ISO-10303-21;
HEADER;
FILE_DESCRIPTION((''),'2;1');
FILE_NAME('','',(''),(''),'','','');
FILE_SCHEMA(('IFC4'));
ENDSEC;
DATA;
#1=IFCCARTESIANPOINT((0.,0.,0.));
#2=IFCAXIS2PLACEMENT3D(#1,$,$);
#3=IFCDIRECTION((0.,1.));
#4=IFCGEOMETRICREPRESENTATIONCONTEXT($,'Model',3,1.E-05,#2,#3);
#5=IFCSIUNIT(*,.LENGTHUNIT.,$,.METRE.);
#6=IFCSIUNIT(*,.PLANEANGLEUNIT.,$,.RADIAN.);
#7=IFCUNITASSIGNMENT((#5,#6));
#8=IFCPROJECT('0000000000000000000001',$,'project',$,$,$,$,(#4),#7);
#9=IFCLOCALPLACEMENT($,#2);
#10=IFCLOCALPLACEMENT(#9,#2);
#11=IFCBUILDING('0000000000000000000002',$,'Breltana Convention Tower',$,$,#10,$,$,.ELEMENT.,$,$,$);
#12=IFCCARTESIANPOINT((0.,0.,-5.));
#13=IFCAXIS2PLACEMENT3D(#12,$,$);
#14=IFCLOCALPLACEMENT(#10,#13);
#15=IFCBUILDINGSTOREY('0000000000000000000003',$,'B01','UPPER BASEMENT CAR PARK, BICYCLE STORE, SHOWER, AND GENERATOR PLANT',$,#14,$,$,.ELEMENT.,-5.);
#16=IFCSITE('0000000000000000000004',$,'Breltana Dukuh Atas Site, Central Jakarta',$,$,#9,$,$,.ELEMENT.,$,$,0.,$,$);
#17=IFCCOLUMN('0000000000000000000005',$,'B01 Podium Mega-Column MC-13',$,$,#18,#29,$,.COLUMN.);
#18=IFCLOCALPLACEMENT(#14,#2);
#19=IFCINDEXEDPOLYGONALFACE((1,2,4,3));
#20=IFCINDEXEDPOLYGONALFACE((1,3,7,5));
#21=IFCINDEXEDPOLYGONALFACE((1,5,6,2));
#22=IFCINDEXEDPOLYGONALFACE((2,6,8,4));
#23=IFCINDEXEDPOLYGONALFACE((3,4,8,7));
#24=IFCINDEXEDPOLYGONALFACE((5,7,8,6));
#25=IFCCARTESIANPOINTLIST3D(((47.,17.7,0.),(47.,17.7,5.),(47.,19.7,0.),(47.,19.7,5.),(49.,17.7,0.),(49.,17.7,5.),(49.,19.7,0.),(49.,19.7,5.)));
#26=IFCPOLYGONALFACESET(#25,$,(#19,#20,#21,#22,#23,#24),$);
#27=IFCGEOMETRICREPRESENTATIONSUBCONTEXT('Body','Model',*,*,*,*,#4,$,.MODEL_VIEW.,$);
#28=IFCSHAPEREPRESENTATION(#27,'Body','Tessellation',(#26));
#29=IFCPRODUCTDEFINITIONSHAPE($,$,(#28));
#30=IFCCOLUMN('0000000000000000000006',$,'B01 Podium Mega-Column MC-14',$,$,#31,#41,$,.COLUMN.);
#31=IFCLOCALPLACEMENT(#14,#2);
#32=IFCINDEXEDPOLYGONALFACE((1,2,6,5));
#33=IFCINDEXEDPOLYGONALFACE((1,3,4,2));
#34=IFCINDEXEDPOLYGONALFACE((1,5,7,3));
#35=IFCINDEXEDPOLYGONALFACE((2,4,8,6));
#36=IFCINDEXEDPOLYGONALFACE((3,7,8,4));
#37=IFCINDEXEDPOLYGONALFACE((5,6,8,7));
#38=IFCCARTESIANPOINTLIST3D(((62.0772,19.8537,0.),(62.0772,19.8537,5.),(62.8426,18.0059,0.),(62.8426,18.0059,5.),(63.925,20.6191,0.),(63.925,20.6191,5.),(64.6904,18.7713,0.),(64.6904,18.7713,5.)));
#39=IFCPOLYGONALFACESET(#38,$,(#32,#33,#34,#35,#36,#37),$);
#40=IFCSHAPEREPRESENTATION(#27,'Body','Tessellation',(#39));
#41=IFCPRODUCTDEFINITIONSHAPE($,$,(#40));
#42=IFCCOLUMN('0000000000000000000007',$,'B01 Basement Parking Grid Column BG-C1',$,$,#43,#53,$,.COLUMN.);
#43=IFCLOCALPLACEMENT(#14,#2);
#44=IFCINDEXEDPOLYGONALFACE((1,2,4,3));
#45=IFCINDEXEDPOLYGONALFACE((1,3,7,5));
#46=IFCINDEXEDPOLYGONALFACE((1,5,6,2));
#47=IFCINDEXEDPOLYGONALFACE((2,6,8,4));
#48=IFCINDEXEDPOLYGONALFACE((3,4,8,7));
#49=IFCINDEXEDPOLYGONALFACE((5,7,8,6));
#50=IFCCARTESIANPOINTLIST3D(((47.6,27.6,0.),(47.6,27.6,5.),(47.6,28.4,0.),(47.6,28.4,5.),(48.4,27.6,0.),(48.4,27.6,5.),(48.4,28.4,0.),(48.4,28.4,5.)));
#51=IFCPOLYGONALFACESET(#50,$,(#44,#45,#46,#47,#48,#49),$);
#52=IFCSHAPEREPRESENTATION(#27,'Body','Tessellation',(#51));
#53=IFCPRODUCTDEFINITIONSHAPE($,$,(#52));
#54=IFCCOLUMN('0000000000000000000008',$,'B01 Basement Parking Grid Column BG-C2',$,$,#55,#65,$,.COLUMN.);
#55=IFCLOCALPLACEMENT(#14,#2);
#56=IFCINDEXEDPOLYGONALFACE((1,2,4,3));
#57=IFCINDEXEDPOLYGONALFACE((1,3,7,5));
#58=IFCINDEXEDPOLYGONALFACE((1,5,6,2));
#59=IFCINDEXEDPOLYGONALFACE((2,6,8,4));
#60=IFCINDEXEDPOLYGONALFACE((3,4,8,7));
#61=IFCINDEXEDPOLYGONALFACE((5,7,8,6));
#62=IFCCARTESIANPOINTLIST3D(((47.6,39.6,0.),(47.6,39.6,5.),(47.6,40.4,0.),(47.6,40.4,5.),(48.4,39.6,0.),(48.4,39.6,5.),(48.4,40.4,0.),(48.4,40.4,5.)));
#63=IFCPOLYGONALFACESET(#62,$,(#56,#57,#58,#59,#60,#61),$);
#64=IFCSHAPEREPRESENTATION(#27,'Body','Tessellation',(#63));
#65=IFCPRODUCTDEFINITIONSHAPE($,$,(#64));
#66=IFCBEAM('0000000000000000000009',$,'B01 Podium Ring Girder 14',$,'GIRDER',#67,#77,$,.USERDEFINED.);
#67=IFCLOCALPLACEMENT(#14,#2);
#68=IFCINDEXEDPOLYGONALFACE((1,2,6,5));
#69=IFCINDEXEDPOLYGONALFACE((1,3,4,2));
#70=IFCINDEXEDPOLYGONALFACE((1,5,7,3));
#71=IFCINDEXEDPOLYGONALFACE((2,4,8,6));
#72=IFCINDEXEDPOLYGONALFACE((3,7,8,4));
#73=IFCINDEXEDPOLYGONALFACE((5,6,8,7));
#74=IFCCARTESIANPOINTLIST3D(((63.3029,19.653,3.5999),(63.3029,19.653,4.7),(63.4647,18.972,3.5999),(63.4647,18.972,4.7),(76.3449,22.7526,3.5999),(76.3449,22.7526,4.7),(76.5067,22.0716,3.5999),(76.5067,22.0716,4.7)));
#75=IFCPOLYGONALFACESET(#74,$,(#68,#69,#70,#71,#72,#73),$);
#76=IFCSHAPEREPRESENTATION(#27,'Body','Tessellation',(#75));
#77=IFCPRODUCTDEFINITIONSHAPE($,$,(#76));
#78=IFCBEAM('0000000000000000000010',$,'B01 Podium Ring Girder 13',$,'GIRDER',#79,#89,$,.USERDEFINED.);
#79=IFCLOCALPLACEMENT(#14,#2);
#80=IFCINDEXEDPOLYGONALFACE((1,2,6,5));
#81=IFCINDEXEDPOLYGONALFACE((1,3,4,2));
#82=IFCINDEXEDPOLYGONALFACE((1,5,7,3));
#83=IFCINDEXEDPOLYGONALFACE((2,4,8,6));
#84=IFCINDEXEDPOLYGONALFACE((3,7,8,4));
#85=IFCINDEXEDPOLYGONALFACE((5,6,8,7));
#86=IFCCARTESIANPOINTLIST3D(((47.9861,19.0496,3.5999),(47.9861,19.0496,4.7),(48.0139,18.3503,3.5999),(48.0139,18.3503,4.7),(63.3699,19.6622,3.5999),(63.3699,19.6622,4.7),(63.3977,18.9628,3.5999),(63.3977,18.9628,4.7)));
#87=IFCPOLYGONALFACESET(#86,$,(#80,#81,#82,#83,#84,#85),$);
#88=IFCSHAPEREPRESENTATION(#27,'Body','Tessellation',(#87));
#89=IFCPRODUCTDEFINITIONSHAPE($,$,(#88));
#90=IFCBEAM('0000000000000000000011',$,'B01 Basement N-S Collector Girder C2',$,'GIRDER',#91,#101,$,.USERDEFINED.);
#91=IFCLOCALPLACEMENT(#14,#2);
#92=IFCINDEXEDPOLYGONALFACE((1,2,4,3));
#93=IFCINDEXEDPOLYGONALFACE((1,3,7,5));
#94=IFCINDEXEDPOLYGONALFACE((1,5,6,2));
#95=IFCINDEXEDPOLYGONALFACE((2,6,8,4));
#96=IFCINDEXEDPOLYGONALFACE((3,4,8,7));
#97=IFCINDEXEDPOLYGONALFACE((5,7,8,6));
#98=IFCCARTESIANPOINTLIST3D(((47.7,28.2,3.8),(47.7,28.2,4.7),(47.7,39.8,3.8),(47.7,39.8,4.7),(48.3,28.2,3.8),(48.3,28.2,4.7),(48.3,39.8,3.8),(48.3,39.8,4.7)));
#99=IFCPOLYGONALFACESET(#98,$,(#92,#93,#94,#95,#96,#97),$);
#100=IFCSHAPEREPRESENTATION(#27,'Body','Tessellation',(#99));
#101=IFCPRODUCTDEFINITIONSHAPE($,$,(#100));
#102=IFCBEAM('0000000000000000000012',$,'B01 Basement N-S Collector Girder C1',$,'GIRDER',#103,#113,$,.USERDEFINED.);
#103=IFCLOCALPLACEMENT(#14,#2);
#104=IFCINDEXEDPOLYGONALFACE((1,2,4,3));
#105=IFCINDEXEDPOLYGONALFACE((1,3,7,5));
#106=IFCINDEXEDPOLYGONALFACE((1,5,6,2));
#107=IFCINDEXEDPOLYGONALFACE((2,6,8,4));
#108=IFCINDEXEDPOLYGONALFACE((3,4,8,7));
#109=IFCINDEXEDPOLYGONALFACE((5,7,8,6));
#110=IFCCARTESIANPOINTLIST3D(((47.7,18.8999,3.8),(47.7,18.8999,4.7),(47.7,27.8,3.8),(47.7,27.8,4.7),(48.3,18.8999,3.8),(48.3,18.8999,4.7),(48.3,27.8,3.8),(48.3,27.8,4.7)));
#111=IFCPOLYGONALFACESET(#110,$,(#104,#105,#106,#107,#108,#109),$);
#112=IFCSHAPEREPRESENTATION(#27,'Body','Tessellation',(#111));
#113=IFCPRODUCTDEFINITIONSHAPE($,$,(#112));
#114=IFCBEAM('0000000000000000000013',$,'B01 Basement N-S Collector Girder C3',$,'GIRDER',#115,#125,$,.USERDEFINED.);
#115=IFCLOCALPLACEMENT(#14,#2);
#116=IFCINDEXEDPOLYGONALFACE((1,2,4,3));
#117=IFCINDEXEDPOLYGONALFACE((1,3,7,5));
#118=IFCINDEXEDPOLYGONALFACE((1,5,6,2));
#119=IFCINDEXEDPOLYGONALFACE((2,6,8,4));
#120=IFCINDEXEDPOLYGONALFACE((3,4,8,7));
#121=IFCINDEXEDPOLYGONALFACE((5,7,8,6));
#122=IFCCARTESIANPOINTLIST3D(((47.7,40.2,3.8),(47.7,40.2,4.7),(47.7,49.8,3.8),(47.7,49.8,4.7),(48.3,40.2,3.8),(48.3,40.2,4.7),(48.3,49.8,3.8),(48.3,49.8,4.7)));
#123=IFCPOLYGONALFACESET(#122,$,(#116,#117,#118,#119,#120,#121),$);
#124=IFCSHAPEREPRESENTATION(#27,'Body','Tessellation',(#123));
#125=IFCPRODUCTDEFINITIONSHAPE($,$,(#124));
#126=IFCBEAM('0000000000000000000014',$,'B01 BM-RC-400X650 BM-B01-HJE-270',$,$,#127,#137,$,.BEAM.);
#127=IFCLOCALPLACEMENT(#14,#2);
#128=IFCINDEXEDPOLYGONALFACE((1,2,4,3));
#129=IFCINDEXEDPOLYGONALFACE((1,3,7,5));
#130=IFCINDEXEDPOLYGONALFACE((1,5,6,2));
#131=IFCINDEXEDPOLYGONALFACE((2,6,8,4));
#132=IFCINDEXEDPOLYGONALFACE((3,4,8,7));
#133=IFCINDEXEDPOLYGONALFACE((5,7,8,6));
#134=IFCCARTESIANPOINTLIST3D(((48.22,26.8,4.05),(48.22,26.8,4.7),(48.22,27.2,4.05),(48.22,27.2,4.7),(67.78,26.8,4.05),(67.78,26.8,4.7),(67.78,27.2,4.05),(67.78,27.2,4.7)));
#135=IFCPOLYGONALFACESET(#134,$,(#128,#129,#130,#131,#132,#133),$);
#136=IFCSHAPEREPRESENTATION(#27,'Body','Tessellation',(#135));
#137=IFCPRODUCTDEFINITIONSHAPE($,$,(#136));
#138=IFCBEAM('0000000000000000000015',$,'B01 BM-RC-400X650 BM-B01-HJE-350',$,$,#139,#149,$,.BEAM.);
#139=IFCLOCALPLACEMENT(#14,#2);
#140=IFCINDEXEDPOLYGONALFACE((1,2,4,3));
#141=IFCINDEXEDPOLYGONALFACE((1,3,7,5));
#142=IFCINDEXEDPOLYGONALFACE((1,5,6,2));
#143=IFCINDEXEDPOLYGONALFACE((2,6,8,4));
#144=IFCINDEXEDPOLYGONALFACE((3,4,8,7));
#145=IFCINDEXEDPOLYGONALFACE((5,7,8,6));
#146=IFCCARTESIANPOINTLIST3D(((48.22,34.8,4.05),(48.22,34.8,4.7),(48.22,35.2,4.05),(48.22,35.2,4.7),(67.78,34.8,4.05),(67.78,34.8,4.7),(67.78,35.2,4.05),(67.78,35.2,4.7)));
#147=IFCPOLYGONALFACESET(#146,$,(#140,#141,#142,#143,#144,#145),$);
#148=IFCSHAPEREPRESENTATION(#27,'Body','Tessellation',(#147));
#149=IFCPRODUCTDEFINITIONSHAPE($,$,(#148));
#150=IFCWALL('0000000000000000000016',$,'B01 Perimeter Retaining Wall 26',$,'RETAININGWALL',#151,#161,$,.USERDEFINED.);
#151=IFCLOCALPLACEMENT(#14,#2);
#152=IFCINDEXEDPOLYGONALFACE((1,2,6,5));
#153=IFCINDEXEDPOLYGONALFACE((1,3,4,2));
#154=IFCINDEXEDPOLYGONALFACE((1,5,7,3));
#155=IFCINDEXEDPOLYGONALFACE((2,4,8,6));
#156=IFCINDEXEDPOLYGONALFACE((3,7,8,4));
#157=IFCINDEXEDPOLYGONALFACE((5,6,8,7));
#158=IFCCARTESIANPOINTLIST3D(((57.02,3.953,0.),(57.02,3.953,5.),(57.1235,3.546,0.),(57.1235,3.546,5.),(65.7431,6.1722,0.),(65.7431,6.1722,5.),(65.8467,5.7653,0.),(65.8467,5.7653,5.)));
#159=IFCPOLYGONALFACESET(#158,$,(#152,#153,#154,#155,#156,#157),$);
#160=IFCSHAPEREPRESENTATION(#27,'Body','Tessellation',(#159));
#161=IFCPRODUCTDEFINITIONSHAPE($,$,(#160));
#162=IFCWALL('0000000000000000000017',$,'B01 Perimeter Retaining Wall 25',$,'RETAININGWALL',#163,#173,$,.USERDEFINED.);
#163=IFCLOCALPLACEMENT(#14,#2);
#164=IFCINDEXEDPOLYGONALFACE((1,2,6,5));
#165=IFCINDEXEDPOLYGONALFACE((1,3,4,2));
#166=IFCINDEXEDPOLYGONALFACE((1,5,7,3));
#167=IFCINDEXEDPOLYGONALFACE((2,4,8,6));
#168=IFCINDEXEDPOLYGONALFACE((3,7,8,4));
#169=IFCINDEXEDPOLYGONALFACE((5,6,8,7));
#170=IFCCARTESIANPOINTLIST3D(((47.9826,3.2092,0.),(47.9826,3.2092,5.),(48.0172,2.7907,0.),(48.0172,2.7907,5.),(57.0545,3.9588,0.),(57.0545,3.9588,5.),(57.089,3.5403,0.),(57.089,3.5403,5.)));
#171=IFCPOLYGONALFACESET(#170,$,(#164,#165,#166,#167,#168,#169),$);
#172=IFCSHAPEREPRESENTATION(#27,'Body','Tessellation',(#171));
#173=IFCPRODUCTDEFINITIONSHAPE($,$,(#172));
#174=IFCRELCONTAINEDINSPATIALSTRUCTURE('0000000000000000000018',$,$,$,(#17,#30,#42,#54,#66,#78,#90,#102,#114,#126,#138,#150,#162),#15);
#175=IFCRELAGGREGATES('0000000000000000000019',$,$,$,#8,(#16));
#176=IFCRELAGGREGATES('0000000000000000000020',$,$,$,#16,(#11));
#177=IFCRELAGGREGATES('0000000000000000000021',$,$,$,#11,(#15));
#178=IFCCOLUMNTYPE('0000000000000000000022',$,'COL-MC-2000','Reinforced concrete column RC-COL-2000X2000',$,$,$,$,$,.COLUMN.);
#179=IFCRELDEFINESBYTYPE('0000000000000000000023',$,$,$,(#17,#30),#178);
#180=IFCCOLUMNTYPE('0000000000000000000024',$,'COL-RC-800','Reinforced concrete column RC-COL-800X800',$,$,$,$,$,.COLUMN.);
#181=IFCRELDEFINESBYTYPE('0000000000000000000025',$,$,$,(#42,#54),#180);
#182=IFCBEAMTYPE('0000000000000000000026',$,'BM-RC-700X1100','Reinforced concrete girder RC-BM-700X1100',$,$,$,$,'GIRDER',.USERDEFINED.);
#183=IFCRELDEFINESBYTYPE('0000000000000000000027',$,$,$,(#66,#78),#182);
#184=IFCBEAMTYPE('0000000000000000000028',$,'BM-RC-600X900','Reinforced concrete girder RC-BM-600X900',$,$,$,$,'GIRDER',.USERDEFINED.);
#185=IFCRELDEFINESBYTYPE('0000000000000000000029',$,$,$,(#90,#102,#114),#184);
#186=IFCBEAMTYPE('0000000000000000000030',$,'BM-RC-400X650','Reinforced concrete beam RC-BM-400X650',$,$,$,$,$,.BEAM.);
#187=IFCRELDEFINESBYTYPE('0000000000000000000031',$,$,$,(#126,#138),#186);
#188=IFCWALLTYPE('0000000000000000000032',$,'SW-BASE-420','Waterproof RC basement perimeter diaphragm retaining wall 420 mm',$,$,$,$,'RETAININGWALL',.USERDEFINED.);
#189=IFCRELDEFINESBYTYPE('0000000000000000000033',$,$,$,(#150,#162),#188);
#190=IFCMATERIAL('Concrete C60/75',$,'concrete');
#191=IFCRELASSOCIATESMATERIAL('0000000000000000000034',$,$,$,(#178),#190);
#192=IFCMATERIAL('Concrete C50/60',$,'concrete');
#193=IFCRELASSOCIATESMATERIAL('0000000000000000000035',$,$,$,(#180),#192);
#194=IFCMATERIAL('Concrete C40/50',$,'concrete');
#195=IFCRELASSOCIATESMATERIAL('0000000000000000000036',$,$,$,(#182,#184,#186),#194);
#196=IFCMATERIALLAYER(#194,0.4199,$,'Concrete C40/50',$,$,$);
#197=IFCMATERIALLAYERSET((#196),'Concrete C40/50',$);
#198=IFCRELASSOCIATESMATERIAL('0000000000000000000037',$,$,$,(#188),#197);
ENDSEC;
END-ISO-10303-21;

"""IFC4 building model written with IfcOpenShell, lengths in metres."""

from ifc_helpers import new_model, si_unit, direction, frame, frame_2d, origin, origin_2d, place, context, subcontext, project, spatial, rectangle, extrude, source, transform, mapped, material, layer, layer_set, material_profile, profile_set, type_object, type_shapes, element, save


model = new_model("IFC4")

# Units and contexts
model_context = context("Model", 3, precision=1e-05, world=origin(), true_north=direction((0.0, 1.0)))
body_context = subcontext(model_context, "Body", "Model", "MODEL_VIEW")
ifc_project = project(units=[si_unit("LENGTHUNIT", "METRE"), si_unit("PLANEANGLEUNIT", "RADIAN")], contexts=[model_context])

# Site, building, storey
site_placement = place(None, origin())
site = spatial("IfcSite", under=ifc_project, at=site_placement, Name="Breltana Dukuh Atas Site, Central Jakarta", CompositionType="ELEMENT", RefElevation=0.0)
building_placement = place(site_placement, origin())
building = spatial("IfcBuilding", under=site, at=building_placement, Name="Breltana Convention Tower", CompositionType="ELEMENT")
storey_placement = place(building_placement, frame((0.0, 0.0, -5.0)))
storey = spatial("IfcBuildingStorey", under=building, at=storey_placement, Name="B01", Description="UPPER BASEMENT CAR PARK, BICYCLE STORE, SHOWER, AND GENERATOR PLANT", CompositionType="ELEMENT", Elevation=-5.0)

# Columns
ifc_material_1 = material(Name="Concrete C60/75", Category="concrete")
ifc_material_profile_1 = material_profile(ifc_material_1, rectangle(XDim=2.0, YDim=2.0, at=origin_2d()), Name="RC-COL-2000X2000")
ifc_profile_set_1 = profile_set([ifc_material_profile_1], Name="Concrete C60/75")
column_type_1 = type_object("IfcColumnType", Name="COL-MC-2000", Description="Reinforced concrete column RC-COL-2000X2000", PredefinedType="COLUMN", material=ifc_profile_set_1)
shared_shape_1 = source(origin(), body_context, "Body", "SweptSolid", [
    extrude(rectangle(XDim=2.0, YDim=2.0, at=origin_2d()), origin(), (0.0, 0.0, 1.0), 5.0),
])
type_shapes(column_type_1, [shared_shape_1])
for number, where, z_axis, x_axis, name in (
    (1, (48.0, 18.7, 0.0), (0.0, 0.0, 1.0), (0.0, -1.0, 0.0), "B01 Podium Mega-Column MC-13"),
    (2, (63.3838, 19.3125, 0.0), (0.0, 0.0, 1.0), (0.382683, -0.92388, 0.0), "B01 Podium Mega-Column MC-14"),
):
    element("IfcColumn", number, at=place(storey_placement, frame(where, z_axis=z_axis, x_axis=x_axis)), inside=storey, type_object=column_type_1, Name=name, PredefinedType="COLUMN", context=body_context, shape_type="MappedRepresentation", body=[
        mapped(shared_shape_1, transform((0.0, 0.0, 0.0), scale=1.0)),
    ])
ifc_material_2 = material(Name="Concrete C50/60", Category="concrete")
ifc_material_profile_2 = material_profile(ifc_material_2, rectangle(XDim=0.8, YDim=0.8, at=origin_2d()), Name="RC-COL-800X800")
ifc_profile_set_2 = profile_set([ifc_material_profile_2], Name="Concrete C50/60")
column_type_2 = type_object("IfcColumnType", Name="COL-RC-800", Description="Reinforced concrete column RC-COL-800X800", PredefinedType="COLUMN", material=ifc_profile_set_2)
shared_shape_2 = source(origin(), body_context, "Body", "SweptSolid", [
    extrude(rectangle(XDim=0.8, YDim=0.8, at=origin_2d()), origin(), (0.0, 0.0, 1.0), 5.0),
])
type_shapes(column_type_2, [shared_shape_2])
for number, where, z_axis, x_axis, name in (
    (3, (48.0, 28.0, 0.0), (0.0, 0.0, 1.0), (1.0, 0.0, 0.0), "B01 Basement Parking Grid Column BG-C1"),
    (4, (48.0, 40.0, 0.0), (0.0, 0.0, 1.0), (1.0, 0.0, 0.0), "B01 Basement Parking Grid Column BG-C2"),
):
    element("IfcColumn", number, at=place(storey_placement, frame(where, z_axis=z_axis, x_axis=x_axis)), inside=storey, type_object=column_type_2, Name=name, PredefinedType="COLUMN", context=body_context, shape_type="MappedRepresentation", body=[
        mapped(shared_shape_2, transform((0.0, 0.0, 0.0), scale=1.0)),
    ])

# Beams
ifc_material_3 = material(Name="Concrete C40/50", Category="concrete")
ifc_material_profile_3 = material_profile(ifc_material_3, rectangle(XDim=0.7, YDim=1.1001, at=origin_2d()), Name="RC-BM-700X1100")
ifc_profile_set_3 = profile_set([ifc_material_profile_3], Name="Concrete C40/50")
beam_type_1 = type_object("IfcBeamType", Name="BM-RC-700X1100", Description="Reinforced concrete girder RC-BM-700X1100", ElementType="GIRDER", PredefinedType="USERDEFINED", material=ifc_profile_set_3)
shared_shape_3 = source(origin(), body_context, "Body", "SweptSolid", [
    extrude(rectangle(XDim=0.7, YDim=1.1001, at=origin_2d()), origin(), (0.0, 0.0, 1.0), 13.4053),
])
beam_1_placement = place(storey_placement, frame((63.3838, 19.3125, 4.1499), z_axis=(0.972901, 0.231223, 0.0), x_axis=(-0.231223, 0.972901, 0.0)))
element("IfcBeam", 5, at=beam_1_placement, inside=storey, type_object=beam_type_1, Name="B01 Podium Ring Girder 14", ObjectType="GIRDER", PredefinedType="USERDEFINED", context=body_context, shape_type="MappedRepresentation", body=[
    mapped(shared_shape_3, transform((0.0, 0.0, 0.0), scale=1.0)),
])
shared_shape_4 = source(origin(), body_context, "Body", "SweptSolid", [
    extrude(rectangle(XDim=0.7, YDim=1.1001, at=origin_2d()), origin(), (0.0, 0.0, 1.0), 15.396),
])
beam_2_placement = place(storey_placement, frame((48.0, 18.7, 4.1499), z_axis=(0.999208, 0.039786, 0.0), x_axis=(-0.039786, 0.999208, 0.0)))
element("IfcBeam", 6, at=beam_2_placement, inside=storey, type_object=beam_type_1, Name="B01 Podium Ring Girder 13", ObjectType="GIRDER", PredefinedType="USERDEFINED", context=body_context, shape_type="MappedRepresentation", body=[
    mapped(shared_shape_4, transform((0.0, 0.0, 0.0), scale=1.0)),
])
ifc_material_profile_4 = material_profile(ifc_material_3, rectangle(XDim=0.6001, YDim=0.8999, at=origin_2d()), Name="RC-BM-600X900")
ifc_profile_set_4 = profile_set([ifc_material_profile_4], Name="Concrete C40/50")
beam_type_2 = type_object("IfcBeamType", Name="BM-RC-600X900", Description="Reinforced concrete girder RC-BM-600X900", ElementType="GIRDER", PredefinedType="USERDEFINED", material=ifc_profile_set_4)
shared_shape_5 = source(origin(), body_context, "Body", "SweptSolid", [
    extrude(rectangle(XDim=0.6001, YDim=0.8999, at=origin_2d()), origin(), (0.0, 0.0, 1.0), 11.6001),
])
beam_3_placement = place(storey_placement, frame((48.0, 28.2, 4.25), z_axis=(0.0, 1.0, 0.0), x_axis=(-1.0, 0.0, 0.0)))
element("IfcBeam", 7, at=beam_3_placement, inside=storey, type_object=beam_type_2, Name="B01 Basement N-S Collector Girder C2", ObjectType="GIRDER", PredefinedType="USERDEFINED", context=body_context, shape_type="MappedRepresentation", body=[
    mapped(shared_shape_5, transform((0.0, 0.0, 0.0), scale=1.0)),
])
shared_shape_6 = source(origin(), body_context, "Body", "SweptSolid", [
    extrude(rectangle(XDim=0.6001, YDim=0.8999, at=origin_2d()), origin(), (0.0, 0.0, 1.0), 8.9001),
])
beam_4_placement = place(storey_placement, frame((48.0, 18.8999, 4.25), z_axis=(0.0, 1.0, 0.0), x_axis=(-1.0, 0.0, 0.0)))
element("IfcBeam", 8, at=beam_4_placement, inside=storey, type_object=beam_type_2, Name="B01 Basement N-S Collector Girder C1", ObjectType="GIRDER", PredefinedType="USERDEFINED", context=body_context, shape_type="MappedRepresentation", body=[
    mapped(shared_shape_6, transform((0.0, 0.0, 0.0), scale=1.0)),
])
shared_shape_7 = source(origin(), body_context, "Body", "SweptSolid", [
    extrude(rectangle(XDim=0.6001, YDim=0.8999, at=origin_2d()), origin(), (0.0, 0.0, 1.0), 9.6001),
])
beam_5_placement = place(storey_placement, frame((48.0, 40.2, 4.25), z_axis=(0.0, 1.0, 0.0), x_axis=(-1.0, 0.0, 0.0)))
element("IfcBeam", 9, at=beam_5_placement, inside=storey, type_object=beam_type_2, Name="B01 Basement N-S Collector Girder C3", ObjectType="GIRDER", PredefinedType="USERDEFINED", context=body_context, shape_type="MappedRepresentation", body=[
    mapped(shared_shape_7, transform((0.0, 0.0, 0.0), scale=1.0)),
])
ifc_material_profile_5 = material_profile(ifc_material_3, rectangle(XDim=0.3999, YDim=0.6499, at=origin_2d()), Name="RC-BM-400X650")
ifc_profile_set_5 = profile_set([ifc_material_profile_5], Name="Concrete C40/50")
beam_type_3 = type_object("IfcBeamType", Name="BM-RC-400X650", Description="Reinforced concrete beam RC-BM-400X650", PredefinedType="BEAM", material=ifc_profile_set_5)
shared_shape_8 = source(origin(), body_context, "Body", "SweptSolid", [
    extrude(rectangle(XDim=0.3999, YDim=0.6499, at=origin_2d()), origin(), (0.0, 0.0, 1.0), 19.5601),
])
type_shapes(beam_type_3, [shared_shape_8])
for number, where, z_axis, x_axis, name in (
    (10, (48.22, 27.0, 4.375), (1.0, 0.0, 0.0), (0.0, 1.0, 0.0), "B01 BM-RC-400X650 BM-B01-HJE-270"),
    (11, (48.22, 35.0, 4.375), (1.0, 0.0, 0.0), (0.0, 1.0, 0.0), "B01 BM-RC-400X650 BM-B01-HJE-350"),
):
    element("IfcBeam", number, at=place(storey_placement, frame(where, z_axis=z_axis, x_axis=x_axis)), inside=storey, type_object=beam_type_3, Name=name, PredefinedType="BEAM", context=body_context, shape_type="MappedRepresentation", body=[
        mapped(shared_shape_8, transform((0.0, 0.0, 0.0), scale=1.0)),
    ])

# Walls
ifc_layer_1 = layer(ifc_material_3, 0.4199, Name="Concrete C40/50")
ifc_layer_set_1 = layer_set([ifc_layer_1], Name="Concrete C40/50")
wall_type_1 = type_object("IfcWallType", Name="SW-BASE-420", Description="Waterproof RC basement perimeter diaphragm retaining wall 420 mm", ElementType="RETAININGWALL", PredefinedType="USERDEFINED", material=ifc_layer_set_1)
shared_shape_9 = source(origin(), body_context, "Body", "SweptSolid", [
    extrude(rectangle(XDim=9.001, YDim=0.4199, at=frame_2d((4.5005, 0.0))), origin(), (0.0, 0.0, 1.0), 5.0),
])
wall_1_placement = place(storey_placement, frame((57.0718, 3.7495, 0.0), z_axis=(0.0, 0.0, 1.0), x_axis=(0.969129, 0.246554, 0.0)))
element("IfcWall", 12, at=wall_1_placement, inside=storey, type_object=wall_type_1, Name="B01 Perimeter Retaining Wall 26", ObjectType="RETAININGWALL", PredefinedType="USERDEFINED", context=body_context, shape_type="MappedRepresentation", body=[
    mapped(shared_shape_9, transform((0.0, 0.0, 0.0), scale=1.0)),
])
shared_shape_10 = source(origin(), body_context, "Body", "SweptSolid", [
    extrude(rectangle(XDim=9.1028, YDim=0.4199, at=frame_2d((4.5513, 0.0))), origin(), (0.0, 0.0, 1.0), 5.0),
])
wall_2_placement = place(storey_placement, frame((48.0, 3.0, 0.0), z_axis=(0.0, 0.0, 1.0), x_axis=(0.996604, 0.08234, 0.0)))
element("IfcWall", 13, at=wall_2_placement, inside=storey, type_object=wall_type_1, Name="B01 Perimeter Retaining Wall 25", ObjectType="RETAININGWALL", PredefinedType="USERDEFINED", context=body_context, shape_type="MappedRepresentation", body=[
    mapped(shared_shape_10, transform((0.0, 0.0, 0.0), scale=1.0)),
])

save(model, "model.ifc")
